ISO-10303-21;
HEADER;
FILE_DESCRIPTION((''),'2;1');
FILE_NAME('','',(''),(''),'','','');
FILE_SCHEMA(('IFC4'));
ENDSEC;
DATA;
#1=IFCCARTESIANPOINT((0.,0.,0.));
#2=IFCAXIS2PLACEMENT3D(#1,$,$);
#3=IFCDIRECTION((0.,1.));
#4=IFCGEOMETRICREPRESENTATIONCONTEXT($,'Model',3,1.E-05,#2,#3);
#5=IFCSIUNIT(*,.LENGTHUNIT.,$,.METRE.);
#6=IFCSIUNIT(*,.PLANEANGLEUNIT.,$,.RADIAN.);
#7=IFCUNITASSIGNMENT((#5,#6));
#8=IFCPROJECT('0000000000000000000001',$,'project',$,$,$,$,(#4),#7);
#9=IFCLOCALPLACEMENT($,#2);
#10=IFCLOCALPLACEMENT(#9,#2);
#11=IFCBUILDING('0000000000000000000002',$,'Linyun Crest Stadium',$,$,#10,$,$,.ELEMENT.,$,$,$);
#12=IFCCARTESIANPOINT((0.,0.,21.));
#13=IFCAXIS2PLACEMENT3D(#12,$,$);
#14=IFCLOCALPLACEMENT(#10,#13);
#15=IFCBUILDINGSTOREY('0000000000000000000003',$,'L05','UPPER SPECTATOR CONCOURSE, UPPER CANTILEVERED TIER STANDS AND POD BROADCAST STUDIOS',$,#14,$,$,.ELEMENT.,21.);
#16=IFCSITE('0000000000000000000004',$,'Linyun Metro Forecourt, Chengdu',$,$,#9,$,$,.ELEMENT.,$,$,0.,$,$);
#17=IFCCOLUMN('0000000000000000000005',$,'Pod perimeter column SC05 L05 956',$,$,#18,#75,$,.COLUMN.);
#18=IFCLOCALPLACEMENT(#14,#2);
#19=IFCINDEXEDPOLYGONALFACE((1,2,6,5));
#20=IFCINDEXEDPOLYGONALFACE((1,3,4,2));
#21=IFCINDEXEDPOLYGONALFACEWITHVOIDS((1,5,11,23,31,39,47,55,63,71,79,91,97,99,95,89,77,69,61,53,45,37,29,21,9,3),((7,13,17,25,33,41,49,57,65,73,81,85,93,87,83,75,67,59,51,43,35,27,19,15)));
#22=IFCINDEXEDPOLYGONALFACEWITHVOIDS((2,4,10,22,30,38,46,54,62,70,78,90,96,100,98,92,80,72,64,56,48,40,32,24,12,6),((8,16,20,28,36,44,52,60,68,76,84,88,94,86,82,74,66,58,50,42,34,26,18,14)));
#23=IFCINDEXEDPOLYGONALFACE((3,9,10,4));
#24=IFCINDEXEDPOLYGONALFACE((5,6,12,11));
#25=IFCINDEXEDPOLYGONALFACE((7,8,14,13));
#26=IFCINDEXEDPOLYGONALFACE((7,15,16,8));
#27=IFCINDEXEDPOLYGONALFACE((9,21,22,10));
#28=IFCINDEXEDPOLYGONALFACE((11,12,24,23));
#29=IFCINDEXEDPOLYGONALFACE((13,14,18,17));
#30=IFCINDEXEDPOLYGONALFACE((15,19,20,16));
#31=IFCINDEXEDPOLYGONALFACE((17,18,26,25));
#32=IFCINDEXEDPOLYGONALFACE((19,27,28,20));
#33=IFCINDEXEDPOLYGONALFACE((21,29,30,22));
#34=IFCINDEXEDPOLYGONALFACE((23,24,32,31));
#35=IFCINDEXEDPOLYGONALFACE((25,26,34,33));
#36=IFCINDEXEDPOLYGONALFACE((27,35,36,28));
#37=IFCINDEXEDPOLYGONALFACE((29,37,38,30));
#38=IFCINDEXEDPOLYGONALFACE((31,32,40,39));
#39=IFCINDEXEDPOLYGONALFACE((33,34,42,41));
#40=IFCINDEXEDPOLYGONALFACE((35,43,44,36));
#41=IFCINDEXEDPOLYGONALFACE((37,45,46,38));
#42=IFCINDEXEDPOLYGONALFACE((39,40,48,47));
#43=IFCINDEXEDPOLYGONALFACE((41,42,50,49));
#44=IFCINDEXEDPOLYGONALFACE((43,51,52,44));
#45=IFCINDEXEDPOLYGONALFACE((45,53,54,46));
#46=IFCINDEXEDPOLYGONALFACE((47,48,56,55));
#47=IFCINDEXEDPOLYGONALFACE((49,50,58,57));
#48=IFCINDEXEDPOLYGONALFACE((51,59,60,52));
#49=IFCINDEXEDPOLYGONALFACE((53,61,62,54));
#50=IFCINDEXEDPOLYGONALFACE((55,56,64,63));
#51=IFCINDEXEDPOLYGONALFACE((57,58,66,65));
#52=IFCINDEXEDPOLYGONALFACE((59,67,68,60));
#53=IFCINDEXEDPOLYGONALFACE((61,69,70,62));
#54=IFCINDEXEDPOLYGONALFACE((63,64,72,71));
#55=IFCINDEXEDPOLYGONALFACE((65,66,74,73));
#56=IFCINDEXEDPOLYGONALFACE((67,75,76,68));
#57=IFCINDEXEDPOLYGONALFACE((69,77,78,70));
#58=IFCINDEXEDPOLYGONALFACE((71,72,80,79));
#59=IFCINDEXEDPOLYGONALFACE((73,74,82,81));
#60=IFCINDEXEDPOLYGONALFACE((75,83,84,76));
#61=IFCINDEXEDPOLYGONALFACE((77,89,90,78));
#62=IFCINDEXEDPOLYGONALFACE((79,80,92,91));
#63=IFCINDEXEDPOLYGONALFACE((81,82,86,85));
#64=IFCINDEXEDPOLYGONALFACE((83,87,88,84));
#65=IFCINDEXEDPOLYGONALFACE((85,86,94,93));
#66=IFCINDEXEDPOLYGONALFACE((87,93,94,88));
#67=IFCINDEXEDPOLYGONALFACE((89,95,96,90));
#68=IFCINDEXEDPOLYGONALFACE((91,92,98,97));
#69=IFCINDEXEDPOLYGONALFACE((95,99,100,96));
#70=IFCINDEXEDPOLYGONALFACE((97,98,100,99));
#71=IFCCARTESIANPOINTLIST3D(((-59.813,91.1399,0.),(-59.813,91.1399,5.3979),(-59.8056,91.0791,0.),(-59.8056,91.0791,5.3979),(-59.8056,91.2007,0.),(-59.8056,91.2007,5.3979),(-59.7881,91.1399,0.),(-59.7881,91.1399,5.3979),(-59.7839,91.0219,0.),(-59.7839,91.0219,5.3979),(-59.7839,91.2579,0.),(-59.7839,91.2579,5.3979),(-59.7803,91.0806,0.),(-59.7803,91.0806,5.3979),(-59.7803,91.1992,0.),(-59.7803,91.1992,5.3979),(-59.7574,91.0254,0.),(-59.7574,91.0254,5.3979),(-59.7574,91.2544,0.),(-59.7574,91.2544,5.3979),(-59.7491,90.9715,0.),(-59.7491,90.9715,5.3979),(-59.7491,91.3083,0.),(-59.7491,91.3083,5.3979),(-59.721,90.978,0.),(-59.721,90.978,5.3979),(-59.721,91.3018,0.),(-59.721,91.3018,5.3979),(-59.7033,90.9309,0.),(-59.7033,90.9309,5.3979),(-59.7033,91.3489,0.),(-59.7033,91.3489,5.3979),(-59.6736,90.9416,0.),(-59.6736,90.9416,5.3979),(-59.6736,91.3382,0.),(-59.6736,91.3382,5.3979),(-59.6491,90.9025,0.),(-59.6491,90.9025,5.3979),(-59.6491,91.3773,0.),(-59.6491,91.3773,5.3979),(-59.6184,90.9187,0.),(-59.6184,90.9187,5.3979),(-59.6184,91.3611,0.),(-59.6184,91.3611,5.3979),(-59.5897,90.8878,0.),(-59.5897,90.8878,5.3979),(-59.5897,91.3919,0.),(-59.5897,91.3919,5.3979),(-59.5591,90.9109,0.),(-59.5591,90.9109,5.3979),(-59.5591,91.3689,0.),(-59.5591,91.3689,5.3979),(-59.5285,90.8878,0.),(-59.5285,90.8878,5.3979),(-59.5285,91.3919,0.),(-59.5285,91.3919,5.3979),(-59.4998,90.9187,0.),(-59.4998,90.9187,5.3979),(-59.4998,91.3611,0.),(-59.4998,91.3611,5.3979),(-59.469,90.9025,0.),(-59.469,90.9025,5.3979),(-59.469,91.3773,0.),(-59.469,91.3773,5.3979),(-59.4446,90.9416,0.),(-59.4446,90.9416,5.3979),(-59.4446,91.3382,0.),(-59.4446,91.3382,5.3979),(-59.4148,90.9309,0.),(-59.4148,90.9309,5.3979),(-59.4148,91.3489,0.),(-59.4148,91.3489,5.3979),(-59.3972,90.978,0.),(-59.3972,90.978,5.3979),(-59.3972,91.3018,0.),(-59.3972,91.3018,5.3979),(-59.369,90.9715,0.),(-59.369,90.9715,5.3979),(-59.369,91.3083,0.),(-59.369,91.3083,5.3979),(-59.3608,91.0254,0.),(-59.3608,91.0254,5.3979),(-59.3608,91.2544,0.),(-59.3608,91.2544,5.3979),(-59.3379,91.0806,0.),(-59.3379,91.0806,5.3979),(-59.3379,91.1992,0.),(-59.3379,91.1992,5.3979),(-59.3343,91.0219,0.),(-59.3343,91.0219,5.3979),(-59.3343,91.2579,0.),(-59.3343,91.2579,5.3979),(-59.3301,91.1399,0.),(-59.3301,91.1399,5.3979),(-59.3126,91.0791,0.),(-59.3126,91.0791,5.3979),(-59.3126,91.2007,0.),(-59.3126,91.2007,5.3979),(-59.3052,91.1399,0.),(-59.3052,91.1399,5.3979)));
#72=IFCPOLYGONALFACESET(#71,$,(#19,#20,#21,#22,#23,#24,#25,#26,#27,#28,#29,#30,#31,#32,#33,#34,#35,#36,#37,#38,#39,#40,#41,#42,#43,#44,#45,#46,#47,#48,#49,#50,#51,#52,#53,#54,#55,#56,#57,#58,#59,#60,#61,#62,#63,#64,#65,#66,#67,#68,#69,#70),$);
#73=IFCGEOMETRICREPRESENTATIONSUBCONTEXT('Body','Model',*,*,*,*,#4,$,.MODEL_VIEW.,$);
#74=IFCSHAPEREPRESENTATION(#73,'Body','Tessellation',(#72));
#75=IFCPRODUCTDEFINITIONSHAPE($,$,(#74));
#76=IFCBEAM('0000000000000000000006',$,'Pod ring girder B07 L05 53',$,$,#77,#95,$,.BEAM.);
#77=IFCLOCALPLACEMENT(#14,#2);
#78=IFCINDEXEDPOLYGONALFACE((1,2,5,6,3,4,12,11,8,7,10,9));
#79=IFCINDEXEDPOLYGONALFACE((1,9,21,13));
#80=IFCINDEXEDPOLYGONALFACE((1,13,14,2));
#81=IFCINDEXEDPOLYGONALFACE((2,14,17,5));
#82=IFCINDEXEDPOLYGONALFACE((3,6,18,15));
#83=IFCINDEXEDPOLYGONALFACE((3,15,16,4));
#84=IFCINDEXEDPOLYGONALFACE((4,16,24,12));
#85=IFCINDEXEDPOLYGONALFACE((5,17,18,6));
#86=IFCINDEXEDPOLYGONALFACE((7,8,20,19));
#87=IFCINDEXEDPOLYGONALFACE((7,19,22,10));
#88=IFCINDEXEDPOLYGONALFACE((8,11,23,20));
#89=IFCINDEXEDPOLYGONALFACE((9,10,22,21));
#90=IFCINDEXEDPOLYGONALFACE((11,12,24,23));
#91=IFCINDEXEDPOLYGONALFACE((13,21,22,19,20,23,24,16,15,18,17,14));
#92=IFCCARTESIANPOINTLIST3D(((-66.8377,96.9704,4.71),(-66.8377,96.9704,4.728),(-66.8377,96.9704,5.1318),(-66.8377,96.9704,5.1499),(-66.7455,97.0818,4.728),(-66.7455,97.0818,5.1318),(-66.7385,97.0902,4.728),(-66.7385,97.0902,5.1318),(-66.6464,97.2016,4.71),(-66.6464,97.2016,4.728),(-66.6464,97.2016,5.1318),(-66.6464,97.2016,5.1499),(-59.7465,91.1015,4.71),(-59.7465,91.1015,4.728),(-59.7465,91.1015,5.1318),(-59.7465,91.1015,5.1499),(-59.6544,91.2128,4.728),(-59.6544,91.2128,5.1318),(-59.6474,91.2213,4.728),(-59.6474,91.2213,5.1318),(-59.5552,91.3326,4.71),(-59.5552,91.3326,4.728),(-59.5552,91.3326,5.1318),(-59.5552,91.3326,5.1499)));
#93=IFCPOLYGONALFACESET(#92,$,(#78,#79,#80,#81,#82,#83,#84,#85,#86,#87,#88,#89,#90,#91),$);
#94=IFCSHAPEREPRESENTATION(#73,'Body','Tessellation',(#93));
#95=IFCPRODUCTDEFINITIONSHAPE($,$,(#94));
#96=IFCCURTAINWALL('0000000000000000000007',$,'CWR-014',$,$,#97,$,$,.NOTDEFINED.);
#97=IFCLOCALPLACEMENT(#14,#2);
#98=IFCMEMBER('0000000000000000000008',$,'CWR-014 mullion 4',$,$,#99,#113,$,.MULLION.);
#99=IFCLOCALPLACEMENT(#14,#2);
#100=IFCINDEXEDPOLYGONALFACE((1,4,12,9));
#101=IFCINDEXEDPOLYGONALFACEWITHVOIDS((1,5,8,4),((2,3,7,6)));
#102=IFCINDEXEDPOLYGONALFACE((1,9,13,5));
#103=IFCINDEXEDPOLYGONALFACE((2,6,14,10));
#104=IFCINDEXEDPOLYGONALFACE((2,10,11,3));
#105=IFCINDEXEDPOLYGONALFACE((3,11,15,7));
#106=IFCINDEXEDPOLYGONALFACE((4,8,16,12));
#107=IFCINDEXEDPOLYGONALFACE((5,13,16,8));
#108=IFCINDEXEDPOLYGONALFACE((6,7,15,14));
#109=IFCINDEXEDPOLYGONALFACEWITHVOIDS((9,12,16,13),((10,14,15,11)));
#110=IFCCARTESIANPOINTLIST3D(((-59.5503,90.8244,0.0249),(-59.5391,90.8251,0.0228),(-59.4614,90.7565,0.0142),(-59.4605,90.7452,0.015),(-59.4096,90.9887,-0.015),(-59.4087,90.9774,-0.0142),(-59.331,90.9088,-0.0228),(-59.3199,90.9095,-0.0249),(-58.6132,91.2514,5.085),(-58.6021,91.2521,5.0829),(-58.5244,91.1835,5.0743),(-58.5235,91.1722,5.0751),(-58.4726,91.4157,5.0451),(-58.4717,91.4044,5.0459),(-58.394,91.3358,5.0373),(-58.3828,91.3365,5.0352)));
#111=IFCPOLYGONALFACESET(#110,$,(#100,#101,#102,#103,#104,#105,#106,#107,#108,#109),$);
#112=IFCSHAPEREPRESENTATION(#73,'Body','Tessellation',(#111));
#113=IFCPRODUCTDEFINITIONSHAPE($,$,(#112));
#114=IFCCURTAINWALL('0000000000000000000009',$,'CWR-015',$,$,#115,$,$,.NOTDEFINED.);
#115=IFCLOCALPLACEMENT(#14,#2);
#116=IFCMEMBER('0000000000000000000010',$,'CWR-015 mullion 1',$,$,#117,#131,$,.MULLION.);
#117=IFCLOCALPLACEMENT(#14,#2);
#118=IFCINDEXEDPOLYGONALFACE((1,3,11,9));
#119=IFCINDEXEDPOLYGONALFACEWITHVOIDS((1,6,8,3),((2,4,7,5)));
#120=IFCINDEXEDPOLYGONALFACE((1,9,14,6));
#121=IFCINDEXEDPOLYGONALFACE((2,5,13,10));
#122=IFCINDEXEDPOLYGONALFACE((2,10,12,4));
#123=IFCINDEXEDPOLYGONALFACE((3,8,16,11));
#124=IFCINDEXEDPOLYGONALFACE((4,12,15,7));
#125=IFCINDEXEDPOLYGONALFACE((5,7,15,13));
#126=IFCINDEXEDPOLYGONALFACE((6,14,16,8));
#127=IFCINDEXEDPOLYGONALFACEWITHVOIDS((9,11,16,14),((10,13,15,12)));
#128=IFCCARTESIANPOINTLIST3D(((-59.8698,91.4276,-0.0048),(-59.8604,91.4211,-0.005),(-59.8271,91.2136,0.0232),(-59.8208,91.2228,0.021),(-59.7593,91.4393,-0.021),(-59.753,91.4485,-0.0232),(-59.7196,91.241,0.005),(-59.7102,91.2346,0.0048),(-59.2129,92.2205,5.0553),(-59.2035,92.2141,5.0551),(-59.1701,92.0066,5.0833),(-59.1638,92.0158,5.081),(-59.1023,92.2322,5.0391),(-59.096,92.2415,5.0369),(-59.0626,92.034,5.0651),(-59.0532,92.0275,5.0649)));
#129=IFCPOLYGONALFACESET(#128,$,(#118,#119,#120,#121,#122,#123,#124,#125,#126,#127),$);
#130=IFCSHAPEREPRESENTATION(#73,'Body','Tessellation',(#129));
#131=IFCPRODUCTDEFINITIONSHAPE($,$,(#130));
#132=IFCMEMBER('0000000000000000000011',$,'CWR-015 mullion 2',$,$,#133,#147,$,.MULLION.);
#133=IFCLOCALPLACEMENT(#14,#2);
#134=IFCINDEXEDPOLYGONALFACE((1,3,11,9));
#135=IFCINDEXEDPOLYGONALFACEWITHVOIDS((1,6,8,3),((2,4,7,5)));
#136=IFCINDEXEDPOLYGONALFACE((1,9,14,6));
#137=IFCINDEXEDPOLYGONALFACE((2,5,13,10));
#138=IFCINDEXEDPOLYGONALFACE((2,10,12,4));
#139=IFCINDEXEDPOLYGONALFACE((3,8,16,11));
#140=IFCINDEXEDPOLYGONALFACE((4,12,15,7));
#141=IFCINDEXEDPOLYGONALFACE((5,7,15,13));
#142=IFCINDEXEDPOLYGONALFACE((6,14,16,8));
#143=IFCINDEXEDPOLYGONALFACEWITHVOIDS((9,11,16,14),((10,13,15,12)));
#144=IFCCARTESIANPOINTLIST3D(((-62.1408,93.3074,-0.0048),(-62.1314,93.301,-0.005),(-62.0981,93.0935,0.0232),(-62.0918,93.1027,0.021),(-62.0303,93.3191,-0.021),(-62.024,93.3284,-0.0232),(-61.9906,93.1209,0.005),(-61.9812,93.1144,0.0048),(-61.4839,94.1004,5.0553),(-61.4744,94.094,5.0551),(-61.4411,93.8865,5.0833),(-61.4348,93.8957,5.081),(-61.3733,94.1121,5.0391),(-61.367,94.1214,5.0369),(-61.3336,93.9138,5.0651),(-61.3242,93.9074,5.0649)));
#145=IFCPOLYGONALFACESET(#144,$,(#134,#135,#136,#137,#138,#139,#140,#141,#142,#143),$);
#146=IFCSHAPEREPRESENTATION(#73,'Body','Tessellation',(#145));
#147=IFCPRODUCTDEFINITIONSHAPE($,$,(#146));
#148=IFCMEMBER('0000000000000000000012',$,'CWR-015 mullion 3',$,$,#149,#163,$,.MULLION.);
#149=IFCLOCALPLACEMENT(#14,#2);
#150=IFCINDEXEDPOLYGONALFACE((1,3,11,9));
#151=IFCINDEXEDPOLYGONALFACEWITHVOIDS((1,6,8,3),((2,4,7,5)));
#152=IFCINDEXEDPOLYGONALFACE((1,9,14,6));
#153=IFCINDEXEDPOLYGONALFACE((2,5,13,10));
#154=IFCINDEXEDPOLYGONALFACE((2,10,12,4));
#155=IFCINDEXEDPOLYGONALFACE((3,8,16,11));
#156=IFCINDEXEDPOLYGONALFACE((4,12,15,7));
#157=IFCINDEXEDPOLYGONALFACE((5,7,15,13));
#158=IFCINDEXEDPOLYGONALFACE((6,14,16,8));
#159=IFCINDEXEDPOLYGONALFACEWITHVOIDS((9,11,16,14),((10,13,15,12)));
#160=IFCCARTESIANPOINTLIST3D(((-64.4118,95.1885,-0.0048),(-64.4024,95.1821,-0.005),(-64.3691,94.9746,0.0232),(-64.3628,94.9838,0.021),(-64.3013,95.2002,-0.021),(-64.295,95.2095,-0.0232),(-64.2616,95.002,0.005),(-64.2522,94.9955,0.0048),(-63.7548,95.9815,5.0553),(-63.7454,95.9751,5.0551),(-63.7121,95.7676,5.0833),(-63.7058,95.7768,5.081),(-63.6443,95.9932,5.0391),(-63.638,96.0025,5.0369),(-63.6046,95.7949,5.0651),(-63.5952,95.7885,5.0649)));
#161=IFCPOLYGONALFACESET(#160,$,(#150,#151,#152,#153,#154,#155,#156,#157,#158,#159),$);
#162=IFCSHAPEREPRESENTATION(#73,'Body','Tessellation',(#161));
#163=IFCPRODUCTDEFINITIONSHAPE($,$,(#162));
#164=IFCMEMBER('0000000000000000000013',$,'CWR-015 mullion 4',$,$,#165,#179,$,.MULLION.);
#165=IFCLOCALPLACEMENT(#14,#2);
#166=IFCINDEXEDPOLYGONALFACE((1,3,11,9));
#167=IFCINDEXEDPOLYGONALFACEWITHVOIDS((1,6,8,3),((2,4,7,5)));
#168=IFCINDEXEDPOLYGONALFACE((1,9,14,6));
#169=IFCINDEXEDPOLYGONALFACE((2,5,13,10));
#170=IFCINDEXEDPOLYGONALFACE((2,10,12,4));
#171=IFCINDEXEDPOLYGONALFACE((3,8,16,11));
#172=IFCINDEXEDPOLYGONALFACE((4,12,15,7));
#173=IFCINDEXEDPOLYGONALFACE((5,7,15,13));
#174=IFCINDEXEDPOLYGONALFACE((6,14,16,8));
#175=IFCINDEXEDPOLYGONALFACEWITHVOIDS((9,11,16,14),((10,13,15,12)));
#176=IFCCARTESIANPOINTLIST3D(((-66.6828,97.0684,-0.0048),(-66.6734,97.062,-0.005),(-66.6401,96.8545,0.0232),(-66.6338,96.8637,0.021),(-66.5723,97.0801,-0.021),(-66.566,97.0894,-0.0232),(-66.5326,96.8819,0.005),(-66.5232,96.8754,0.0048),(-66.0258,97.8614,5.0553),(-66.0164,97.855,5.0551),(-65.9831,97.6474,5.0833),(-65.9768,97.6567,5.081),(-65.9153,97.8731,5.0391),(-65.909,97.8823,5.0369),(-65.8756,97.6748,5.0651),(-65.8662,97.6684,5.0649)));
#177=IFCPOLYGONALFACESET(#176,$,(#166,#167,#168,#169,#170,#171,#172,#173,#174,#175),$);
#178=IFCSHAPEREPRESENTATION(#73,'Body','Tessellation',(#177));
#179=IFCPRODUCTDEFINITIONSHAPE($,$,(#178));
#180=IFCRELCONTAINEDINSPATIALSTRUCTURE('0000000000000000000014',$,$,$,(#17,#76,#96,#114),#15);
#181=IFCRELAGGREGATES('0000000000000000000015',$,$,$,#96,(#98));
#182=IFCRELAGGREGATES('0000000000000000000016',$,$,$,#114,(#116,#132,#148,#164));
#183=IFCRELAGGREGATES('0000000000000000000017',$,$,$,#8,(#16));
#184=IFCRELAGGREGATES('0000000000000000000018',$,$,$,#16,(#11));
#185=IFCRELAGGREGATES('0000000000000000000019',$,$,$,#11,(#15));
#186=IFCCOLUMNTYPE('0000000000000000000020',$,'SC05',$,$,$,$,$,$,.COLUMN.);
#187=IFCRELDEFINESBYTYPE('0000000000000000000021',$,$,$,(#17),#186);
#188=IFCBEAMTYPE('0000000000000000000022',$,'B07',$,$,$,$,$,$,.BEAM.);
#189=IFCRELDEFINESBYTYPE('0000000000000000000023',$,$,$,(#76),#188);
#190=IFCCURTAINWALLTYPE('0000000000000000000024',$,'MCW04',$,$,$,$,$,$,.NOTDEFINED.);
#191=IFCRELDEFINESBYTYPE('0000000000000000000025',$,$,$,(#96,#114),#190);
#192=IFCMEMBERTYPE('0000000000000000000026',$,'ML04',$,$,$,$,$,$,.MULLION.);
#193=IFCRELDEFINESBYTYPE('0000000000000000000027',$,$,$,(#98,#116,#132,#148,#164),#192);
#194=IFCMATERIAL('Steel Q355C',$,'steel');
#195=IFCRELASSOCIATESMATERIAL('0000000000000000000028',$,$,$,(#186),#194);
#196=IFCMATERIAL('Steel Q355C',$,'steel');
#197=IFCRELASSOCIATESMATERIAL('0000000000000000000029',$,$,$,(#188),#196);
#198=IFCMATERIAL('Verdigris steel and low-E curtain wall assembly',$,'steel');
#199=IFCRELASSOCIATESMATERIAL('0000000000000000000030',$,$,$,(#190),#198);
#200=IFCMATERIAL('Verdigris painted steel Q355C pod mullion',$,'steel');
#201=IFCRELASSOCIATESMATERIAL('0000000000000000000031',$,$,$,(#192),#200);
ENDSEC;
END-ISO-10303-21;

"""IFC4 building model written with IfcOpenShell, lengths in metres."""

from ifc_helpers import new_model, si_unit, direction, frame, origin, origin_2d, place, context, subcontext, project, spatial, hollow_rectangle, hollow_circle, i_section, extrude, material, material_profile, profile_set, type_object, element, aggregate, save


model = new_model("IFC4")

# Units and contexts
model_context = context("Model", 3, precision=1e-05, world=origin(), true_north=direction((0.0, 1.0)))
body_context = subcontext(model_context, "Body", "Model", "MODEL_VIEW")
ifc_project = project(units=[si_unit("LENGTHUNIT", "METRE"), si_unit("PLANEANGLEUNIT", "RADIAN")], contexts=[model_context])

# Site, building, storey
site_placement = place(None, origin())
site = spatial("IfcSite", under=ifc_project, at=site_placement, Name="Linyun Metro Forecourt, Chengdu", CompositionType="ELEMENT", RefElevation=0.0)
building_placement = place(site_placement, origin())
building = spatial("IfcBuilding", under=site, at=building_placement, Name="Linyun Crest Stadium", CompositionType="ELEMENT")
storey_placement = place(building_placement, frame((0.0, 0.0, 21.0)))
storey = spatial("IfcBuildingStorey", under=building, at=storey_placement, Name="L05", Description="UPPER SPECTATOR CONCOURSE, UPPER CANTILEVERED TIER STANDS AND POD BROADCAST STUDIOS", CompositionType="ELEMENT", Elevation=21.0)

# Column
ifc_material_1 = material(Name="Steel Q355C", Category="steel")
ifc_material_profile_1 = material_profile(ifc_material_1, hollow_circle(Radius=0.2539, WallThickness=0.0249, at=origin_2d()), Name="CHS 508x25")
ifc_profile_set_1 = profile_set([ifc_material_profile_1], Name="Steel Q355C")
column_type = type_object("IfcColumnType", Name="SC05", PredefinedType="COLUMN", material=ifc_profile_set_1)
column_placement = place(storey_placement, frame((-59.5591, 91.1399, 0.0), z_axis=(0.0, 0.0, 1.0), x_axis=(1.0, 0.0, 0.0)))
element("IfcColumn", 1, at=column_placement, inside=storey, type_object=column_type, Name="Pod perimeter column SC05 L05 956", PredefinedType="COLUMN", context=body_context, shape_type="SweptSolid", body=[
    extrude(hollow_circle(Radius=0.2539, WallThickness=0.0249, at=origin_2d()), origin(), (0.0, 0.0, 1.0), 5.3979),
])

# Beam
ifc_material_2 = material(Name="Steel Q355C", Category="steel")
ifc_material_profile_2 = material_profile(ifc_material_2, i_section(OverallWidth=0.3, OverallDepth=0.4399, WebThickness=0.011, FlangeThickness=0.0181, at=origin_2d()), Name="HM 440x300")
ifc_profile_set_2 = profile_set([ifc_material_profile_2], Name="Steel Q355C")
beam_type = type_object("IfcBeamType", Name="B07", PredefinedType="BEAM", material=ifc_profile_set_2)
beam_placement = place(storey_placement, frame((-59.6509, 91.217, 4.9299), z_axis=(-0.770371, 0.637595, 0.0), x_axis=(-0.637595, -0.770371, 0.0)))
element("IfcBeam", 2, at=beam_placement, inside=storey, type_object=beam_type, Name="Pod ring girder B07 L05 53", PredefinedType="BEAM", context=body_context, shape_type="SweptSolid", body=[
    extrude(i_section(OverallWidth=0.3, OverallDepth=0.4399, WebThickness=0.011, FlangeThickness=0.0181, at=origin_2d()), origin(), (0.0, 0.0, 1.0), 9.2048),
])

# Curtain wall, member
ifc_material_3 = material(Name="Verdigris steel and low-E curtain wall assembly", Category="steel")
curtain_wall_type = type_object("IfcCurtainWallType", Name="MCW04", PredefinedType="NOTDEFINED", material=ifc_material_3)
curtain_wall_1_placement = place(storey_placement, origin())
curtain_wall_1 = element("IfcCurtainWall", 3, at=curtain_wall_1_placement, inside=storey, type_object=curtain_wall_type, Name="CWR-014", PredefinedType="NOTDEFINED")
ifc_material_4 = material(Name="Verdigris painted steel Q355C pod mullion", Category="steel")
ifc_material_profile_3 = material_profile(ifc_material_4, hollow_rectangle(XDim=0.1201, YDim=0.22, WallThickness=0.0081, at=origin_2d()), Name="RHS 220x120x8")
ifc_profile_set_3 = profile_set([ifc_material_profile_3], Name="Verdigris painted steel Q355C pod mullion")
member_type_1 = type_object("IfcMemberType", Name="ML04", PredefinedType="MULLION", material=ifc_profile_set_3)
member_1_placement = place(storey_placement, frame((-59.4351, 90.8669, 0.0), z_axis=(0.181459, 0.082692, 0.979916), x_axis=(0.747008, -0.659656, -0.082663)))
member_1 = element("IfcMember", 4, at=member_1_placement, type_object=member_type_1, Name="CWR-014 mullion 4", PredefinedType="MULLION", context=body_context, shape_type="SweptSolid", body=[
    extrude(hollow_rectangle(XDim=0.1201, YDim=0.22, WallThickness=0.0081, at=origin_2d()), origin(), (0.0, 0.0, 1.0), 5.1638),
])

# Curtain wall, members
curtain_wall_2_placement = place(storey_placement, origin())
curtain_wall_2 = element("IfcCurtainWall", 5, at=curtain_wall_2_placement, inside=storey, type_object=curtain_wall_type, Name="CWR-015", PredefinedType="NOTDEFINED")
member_2_placement = place(storey_placement, frame((-59.79, 91.3311, 0.0), z_axis=(0.127229, 0.153564, 0.979914), x_axis=(0.972619, 0.174403, -0.153613)))
member_2 = element("IfcMember", 6, at=member_2_placement, type_object=member_type_1, Name="CWR-015 mullion 1", PredefinedType="MULLION", context=body_context, shape_type="SweptSolid", body=[
    extrude(hollow_rectangle(XDim=0.1201, YDim=0.22, WallThickness=0.0081, at=origin_2d()), origin(), (0.0, 0.0, 1.0), 5.1638),
])
member_3_placement = place(storey_placement, frame((-62.061, 93.2109, 0.0), z_axis=(0.127229, 0.153564, 0.979914), x_axis=(0.972619, 0.174403, -0.153613)))
member_3 = element("IfcMember", 7, at=member_3_placement, type_object=member_type_1, Name="CWR-015 mullion 2", PredefinedType="MULLION", context=body_context, shape_type="SweptSolid", body=[
    extrude(hollow_rectangle(XDim=0.1201, YDim=0.22, WallThickness=0.0081, at=origin_2d()), origin(), (0.0, 0.0, 1.0), 5.1638),
])
member_4_placement = place(storey_placement, frame((-64.332, 95.092, 0.0), z_axis=(0.127229, 0.153564, 0.979914), x_axis=(0.972619, 0.174403, -0.153613)))
member_4 = element("IfcMember", 8, at=member_4_placement, type_object=member_type_1, Name="CWR-015 mullion 3", PredefinedType="MULLION", context=body_context, shape_type="SweptSolid", body=[
    extrude(hollow_rectangle(XDim=0.1201, YDim=0.22, WallThickness=0.0081, at=origin_2d()), origin(), (0.0, 0.0, 1.0), 5.1638),
])
member_5_placement = place(storey_placement, frame((-66.603, 96.9719, 0.0), z_axis=(0.127229, 0.153564, 0.979914), x_axis=(0.972619, 0.174403, -0.153613)))
member_5 = element("IfcMember", 9, at=member_5_placement, type_object=member_type_1, Name="CWR-015 mullion 4", PredefinedType="MULLION", context=body_context, shape_type="SweptSolid", body=[
    extrude(hollow_rectangle(XDim=0.1201, YDim=0.22, WallThickness=0.0081, at=origin_2d()), origin(), (0.0, 0.0, 1.0), 5.1638),
])

aggregate(curtain_wall_1, [member_1])
aggregate(curtain_wall_2, [member_2, member_3, member_4, member_5])

save(model, "model.ifc")
